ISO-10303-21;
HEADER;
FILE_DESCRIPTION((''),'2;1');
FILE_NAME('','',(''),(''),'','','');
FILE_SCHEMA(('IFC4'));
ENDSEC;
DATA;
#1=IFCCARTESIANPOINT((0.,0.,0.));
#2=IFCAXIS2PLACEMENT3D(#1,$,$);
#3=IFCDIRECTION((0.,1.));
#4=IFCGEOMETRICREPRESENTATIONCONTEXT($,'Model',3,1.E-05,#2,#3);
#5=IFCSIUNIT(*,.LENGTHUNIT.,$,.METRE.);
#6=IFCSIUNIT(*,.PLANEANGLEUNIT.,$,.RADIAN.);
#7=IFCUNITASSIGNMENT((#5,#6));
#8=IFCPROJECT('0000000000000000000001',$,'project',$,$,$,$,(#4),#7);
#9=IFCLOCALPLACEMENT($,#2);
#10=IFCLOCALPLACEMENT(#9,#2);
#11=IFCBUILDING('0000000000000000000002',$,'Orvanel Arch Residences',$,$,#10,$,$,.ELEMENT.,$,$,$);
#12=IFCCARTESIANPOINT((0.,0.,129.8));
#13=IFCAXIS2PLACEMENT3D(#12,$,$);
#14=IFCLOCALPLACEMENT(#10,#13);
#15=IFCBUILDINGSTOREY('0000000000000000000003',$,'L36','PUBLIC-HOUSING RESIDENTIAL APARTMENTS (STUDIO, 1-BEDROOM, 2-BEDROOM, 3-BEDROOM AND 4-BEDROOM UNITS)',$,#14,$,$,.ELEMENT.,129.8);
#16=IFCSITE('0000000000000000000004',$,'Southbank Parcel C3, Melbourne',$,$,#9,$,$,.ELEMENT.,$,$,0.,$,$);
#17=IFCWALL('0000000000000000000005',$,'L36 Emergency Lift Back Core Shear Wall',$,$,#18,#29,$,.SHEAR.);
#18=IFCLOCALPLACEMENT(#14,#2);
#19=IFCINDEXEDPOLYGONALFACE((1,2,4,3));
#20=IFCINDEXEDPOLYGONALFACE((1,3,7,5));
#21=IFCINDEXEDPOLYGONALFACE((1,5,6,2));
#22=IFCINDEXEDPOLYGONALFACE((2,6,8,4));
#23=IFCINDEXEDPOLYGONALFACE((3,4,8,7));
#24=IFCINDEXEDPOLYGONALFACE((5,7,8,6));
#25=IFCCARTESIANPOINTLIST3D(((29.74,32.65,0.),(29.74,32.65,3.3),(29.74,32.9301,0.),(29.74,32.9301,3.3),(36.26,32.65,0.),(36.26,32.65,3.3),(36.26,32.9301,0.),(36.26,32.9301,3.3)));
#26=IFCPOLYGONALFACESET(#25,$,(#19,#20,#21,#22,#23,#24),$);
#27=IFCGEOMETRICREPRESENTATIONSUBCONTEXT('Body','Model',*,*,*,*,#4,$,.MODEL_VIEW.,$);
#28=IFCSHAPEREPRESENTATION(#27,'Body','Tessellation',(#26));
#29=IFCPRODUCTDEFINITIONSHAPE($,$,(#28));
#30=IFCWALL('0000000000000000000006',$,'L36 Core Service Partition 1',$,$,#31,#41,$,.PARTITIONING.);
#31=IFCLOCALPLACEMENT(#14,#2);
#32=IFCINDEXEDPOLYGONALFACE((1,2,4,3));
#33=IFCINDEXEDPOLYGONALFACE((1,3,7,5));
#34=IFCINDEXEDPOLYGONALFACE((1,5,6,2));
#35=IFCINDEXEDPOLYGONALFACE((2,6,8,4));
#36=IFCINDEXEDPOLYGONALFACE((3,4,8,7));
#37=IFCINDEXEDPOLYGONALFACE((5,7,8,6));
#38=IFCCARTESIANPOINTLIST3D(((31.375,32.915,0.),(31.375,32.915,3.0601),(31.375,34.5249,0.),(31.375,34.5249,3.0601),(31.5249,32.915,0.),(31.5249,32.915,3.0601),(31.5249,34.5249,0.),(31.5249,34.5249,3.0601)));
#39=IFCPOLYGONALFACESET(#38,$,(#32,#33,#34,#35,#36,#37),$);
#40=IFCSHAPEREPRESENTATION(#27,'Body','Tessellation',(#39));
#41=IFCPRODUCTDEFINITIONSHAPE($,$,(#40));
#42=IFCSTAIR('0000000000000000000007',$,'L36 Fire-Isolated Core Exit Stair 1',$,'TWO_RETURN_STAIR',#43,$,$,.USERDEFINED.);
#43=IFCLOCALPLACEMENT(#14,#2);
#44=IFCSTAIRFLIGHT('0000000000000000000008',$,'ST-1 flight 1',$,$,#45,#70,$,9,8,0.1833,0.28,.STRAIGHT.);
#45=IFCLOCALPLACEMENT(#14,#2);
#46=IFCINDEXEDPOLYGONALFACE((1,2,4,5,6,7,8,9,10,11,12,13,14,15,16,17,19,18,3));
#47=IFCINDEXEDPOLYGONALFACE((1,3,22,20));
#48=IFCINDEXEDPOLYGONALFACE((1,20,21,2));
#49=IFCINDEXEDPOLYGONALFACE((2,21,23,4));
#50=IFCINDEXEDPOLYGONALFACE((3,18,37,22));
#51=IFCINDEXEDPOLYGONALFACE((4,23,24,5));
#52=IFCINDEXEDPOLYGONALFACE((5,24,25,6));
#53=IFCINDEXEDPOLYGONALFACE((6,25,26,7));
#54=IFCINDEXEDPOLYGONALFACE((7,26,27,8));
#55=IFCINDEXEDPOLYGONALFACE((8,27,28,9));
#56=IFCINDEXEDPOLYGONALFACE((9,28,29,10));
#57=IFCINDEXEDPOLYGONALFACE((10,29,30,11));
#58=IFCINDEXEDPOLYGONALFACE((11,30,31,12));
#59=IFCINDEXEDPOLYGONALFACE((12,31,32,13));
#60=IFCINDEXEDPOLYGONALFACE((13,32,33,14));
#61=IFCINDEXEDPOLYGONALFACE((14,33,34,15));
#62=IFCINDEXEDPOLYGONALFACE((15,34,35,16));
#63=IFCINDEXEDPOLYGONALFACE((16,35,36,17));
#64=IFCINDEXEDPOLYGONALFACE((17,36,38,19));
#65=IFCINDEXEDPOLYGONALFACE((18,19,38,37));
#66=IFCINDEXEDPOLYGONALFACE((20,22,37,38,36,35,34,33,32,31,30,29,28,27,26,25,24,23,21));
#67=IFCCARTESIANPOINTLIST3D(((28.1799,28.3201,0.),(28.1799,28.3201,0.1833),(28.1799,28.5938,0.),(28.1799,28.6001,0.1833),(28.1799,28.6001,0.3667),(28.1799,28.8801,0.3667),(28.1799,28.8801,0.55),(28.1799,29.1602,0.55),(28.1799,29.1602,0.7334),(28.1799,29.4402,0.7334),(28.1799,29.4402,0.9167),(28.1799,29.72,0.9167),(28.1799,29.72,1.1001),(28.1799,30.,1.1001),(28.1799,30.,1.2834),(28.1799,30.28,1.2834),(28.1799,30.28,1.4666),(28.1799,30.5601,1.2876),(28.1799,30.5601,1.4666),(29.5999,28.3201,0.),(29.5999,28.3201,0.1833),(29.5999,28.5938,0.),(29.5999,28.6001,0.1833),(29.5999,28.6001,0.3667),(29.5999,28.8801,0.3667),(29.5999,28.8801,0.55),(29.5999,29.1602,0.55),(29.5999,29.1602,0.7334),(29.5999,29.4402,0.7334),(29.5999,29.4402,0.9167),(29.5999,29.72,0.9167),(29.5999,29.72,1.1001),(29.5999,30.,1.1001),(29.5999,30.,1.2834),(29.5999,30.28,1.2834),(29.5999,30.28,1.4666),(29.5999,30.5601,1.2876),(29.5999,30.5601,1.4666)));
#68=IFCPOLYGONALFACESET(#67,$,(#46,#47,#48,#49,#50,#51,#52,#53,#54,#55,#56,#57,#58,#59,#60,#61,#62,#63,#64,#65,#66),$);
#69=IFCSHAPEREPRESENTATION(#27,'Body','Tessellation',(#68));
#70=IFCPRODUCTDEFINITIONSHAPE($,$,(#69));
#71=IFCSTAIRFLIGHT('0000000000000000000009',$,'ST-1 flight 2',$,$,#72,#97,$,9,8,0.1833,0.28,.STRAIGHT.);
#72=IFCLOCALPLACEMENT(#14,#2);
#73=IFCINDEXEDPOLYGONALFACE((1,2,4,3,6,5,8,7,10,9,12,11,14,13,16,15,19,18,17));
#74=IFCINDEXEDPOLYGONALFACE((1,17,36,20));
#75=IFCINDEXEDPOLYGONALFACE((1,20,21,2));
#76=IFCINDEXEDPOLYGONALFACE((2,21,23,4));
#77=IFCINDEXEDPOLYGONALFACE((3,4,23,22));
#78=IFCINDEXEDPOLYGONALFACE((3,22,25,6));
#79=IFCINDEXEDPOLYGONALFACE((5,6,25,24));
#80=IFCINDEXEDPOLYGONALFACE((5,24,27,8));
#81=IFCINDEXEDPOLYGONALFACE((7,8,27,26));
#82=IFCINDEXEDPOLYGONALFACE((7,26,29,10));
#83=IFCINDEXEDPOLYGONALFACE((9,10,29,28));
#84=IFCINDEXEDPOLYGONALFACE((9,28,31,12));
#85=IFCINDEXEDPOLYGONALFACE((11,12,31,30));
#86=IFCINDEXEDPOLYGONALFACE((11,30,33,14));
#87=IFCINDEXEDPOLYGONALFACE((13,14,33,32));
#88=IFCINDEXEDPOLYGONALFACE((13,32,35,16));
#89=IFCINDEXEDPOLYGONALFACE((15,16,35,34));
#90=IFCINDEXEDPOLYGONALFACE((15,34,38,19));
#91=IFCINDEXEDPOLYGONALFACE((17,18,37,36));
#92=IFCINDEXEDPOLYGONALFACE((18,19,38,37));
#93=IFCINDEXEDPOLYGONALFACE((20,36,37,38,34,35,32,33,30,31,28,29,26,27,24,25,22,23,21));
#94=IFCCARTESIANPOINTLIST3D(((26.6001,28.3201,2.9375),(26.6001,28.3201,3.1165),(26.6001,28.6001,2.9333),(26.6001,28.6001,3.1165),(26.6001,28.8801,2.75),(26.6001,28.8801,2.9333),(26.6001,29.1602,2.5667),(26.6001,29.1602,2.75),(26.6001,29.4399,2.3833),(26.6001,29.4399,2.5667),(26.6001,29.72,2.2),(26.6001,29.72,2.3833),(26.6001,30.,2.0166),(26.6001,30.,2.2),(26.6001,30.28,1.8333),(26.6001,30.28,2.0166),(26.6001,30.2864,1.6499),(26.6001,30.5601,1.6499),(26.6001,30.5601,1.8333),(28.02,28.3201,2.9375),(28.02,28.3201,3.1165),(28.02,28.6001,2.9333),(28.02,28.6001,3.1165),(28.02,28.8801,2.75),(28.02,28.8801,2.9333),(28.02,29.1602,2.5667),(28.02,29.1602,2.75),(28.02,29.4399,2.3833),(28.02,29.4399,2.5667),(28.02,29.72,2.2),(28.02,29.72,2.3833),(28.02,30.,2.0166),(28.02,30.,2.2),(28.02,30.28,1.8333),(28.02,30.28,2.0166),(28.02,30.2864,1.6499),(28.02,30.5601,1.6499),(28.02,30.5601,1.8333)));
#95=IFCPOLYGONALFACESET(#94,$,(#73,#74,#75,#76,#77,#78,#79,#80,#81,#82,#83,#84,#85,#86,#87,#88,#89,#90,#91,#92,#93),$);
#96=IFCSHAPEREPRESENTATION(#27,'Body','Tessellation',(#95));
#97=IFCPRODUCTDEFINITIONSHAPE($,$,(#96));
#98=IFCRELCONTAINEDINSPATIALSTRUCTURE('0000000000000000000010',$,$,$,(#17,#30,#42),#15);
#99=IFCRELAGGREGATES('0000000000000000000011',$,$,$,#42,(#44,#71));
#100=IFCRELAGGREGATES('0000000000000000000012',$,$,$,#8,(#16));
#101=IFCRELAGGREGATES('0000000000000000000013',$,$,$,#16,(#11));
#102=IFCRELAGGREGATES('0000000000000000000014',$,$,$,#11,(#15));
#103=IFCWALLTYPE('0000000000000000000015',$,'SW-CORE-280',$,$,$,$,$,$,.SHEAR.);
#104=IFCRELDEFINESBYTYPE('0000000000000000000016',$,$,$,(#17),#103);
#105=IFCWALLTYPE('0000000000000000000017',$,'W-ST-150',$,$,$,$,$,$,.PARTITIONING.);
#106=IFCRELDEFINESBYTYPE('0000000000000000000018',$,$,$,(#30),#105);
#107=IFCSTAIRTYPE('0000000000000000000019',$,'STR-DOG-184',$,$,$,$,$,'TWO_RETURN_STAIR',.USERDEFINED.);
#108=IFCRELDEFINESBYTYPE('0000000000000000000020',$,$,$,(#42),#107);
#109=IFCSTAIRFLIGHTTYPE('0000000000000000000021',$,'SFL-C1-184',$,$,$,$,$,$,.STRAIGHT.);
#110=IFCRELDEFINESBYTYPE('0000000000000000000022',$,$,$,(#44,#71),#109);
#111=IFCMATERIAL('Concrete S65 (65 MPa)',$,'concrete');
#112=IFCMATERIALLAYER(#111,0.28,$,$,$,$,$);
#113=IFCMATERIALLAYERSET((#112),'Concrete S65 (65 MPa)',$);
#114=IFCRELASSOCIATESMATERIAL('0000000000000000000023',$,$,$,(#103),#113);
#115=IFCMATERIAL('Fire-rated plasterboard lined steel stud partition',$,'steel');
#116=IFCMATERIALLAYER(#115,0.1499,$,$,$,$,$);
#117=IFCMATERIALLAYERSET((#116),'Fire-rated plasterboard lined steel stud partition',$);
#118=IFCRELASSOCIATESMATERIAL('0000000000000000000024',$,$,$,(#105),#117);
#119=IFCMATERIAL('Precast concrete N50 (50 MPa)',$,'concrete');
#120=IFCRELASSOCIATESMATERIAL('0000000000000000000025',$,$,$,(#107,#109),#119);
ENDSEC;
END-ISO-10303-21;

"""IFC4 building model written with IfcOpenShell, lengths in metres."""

from ifc_helpers import new_model, si_unit, direction, frame, frame_2d, origin, place, context, subcontext, project, spatial, polyline, rectangle, outline, extrude, material, layer, layer_set, type_object, element, aggregate, save


model = new_model("IFC4")

# Units and contexts
model_context = context("Model", 3, precision=1e-05, world=origin(), true_north=direction((0.0, 1.0)))
body_context = subcontext(model_context, "Body", "Model", "MODEL_VIEW")
ifc_project = project(units=[si_unit("LENGTHUNIT", "METRE"), si_unit("PLANEANGLEUNIT", "RADIAN")], contexts=[model_context])

# Site, building, storey
site_placement = place(None, origin())
site = spatial("IfcSite", under=ifc_project, at=site_placement, Name="Southbank Parcel C3, Melbourne", CompositionType="ELEMENT", RefElevation=0.0)
building_placement = place(site_placement, origin())
building = spatial("IfcBuilding", under=site, at=building_placement, Name="Orvanel Arch Residences", CompositionType="ELEMENT")
storey_placement = place(building_placement, frame((0.0, 0.0, 129.8)))
storey = spatial("IfcBuildingStorey", under=building, at=storey_placement, Name="L36", Description="PUBLIC-HOUSING RESIDENTIAL APARTMENTS (STUDIO, 1-BEDROOM, 2-BEDROOM, 3-BEDROOM AND 4-BEDROOM UNITS)", CompositionType="ELEMENT", Elevation=129.8)

# Shared definitions
ifc_material_1 = material(Name="Concrete S65 (65 MPa)", Category="concrete")
ifc_layer_1 = layer(ifc_material_1, 0.28)
ifc_layer_set_1 = layer_set([ifc_layer_1], Name="Concrete S65 (65 MPa)")
wall_type_1 = type_object("IfcWallType", Name="SW-CORE-280", PredefinedType="SHEAR", material=ifc_layer_set_1)

# Walls
wall_1_placement = place(storey_placement, frame((29.74, 32.79, 0.0), z_axis=(0.0, 0.0, 1.0), x_axis=(1.0, 0.0, 0.0)))
element("IfcWall", 1, at=wall_1_placement, inside=storey, type_object=wall_type_1, Name="L36 Emergency Lift Back Core Shear Wall", PredefinedType="SHEAR", context=body_context, shape_type="SweptSolid", body=[
    extrude(rectangle(XDim=6.52, YDim=0.28, at=frame_2d((3.26, 0.0))), origin(), (0.0, 0.0, 1.0), 3.3),
])
ifc_material_2 = material(Name="Fire-rated plasterboard lined steel stud partition", Category="steel")
ifc_layer_2 = layer(ifc_material_2, 0.1499)
ifc_layer_set_2 = layer_set([ifc_layer_2], Name="Fire-rated plasterboard lined steel stud partition")
wall_type_2 = type_object("IfcWallType", Name="W-ST-150", PredefinedType="PARTITIONING", material=ifc_layer_set_2)
wall_2_placement = place(storey_placement, frame((31.45, 32.915, 0.0), z_axis=(0.0, 0.0, 1.0), x_axis=(0.0, 1.0, 0.0)))
element("IfcWall", 2, at=wall_2_placement, inside=storey, type_object=wall_type_2, Name="L36 Core Service Partition 1", PredefinedType="PARTITIONING", context=body_context, shape_type="SweptSolid", body=[
    extrude(rectangle(XDim=1.6099, YDim=0.1499, at=frame_2d((0.8049, 0.0))), origin(), (0.0, 0.0, 1.0), 3.0601),
])

# Stair, stair flights
ifc_material_3 = material(Name="Precast concrete N50 (50 MPa)", Category="concrete")
stair_type = type_object("IfcStairType", Name="STR-DOG-184", ElementType="TWO_RETURN_STAIR", PredefinedType="USERDEFINED", material=ifc_material_3)
stair_placement = place(storey_placement, origin())
stair = element("IfcStair", 3, at=stair_placement, inside=storey, type_object=stair_type, Name="L36 Fire-Isolated Core Exit Stair 1", ObjectType="TWO_RETURN_STAIR", PredefinedType="USERDEFINED")
stair_flight_type = type_object("IfcStairFlightType", Name="SFL-C1-184", PredefinedType="STRAIGHT", material=ifc_material_3)
stair_flight_1_placement = place(storey_placement, frame((28.8899, 28.3201, 0.0), z_axis=(0.0, 0.0, 1.0), x_axis=(0.0, 1.0, 0.0)))
stair_flight_1 = element("IfcStairFlight", 4, at=stair_flight_1_placement, type_object=stair_flight_type, Name="ST-1 flight 1", NumberOfRisers=9, NumberOfTreads=8, PredefinedType="STRAIGHT", RiserHeight=0.1833, TreadLength=0.28, context=body_context, shape_type="SweptSolid", body=[
    extrude(outline(polyline([(0.0, 0.0), (0.0, 0.1833), (0.28, 0.1833), (0.28, 0.3667), (0.5601, 0.3667), (0.5601, 0.55), (0.8401, 0.55), (0.8401, 0.7334), (1.1201, 0.7334), (1.1201, 0.9167), (1.3999, 0.9167), (1.3999, 1.1001), (1.6799, 1.1001), (1.6799, 1.2834), (1.96, 1.2834), (1.96, 1.4666), (2.24, 1.4666), (2.24, 1.6499), (2.24, 1.2876), (0.2737, 0.0), (0.0, 0.0)])), frame((0.0, 0.71, 0.0), z_axis=(0.0, -1.0, 0.0), x_axis=(1.0, 0.0, 0.0)), (0.0, 0.0, 1.0), 1.4199),
])
stair_flight_2_placement = place(storey_placement, frame((27.3101, 30.5601, 1.6499), z_axis=(0.0, 0.0, 1.0), x_axis=(0.0, -1.0, 0.0)))
stair_flight_2 = element("IfcStairFlight", 5, at=stair_flight_2_placement, type_object=stair_flight_type, Name="ST-1 flight 2", NumberOfRisers=9, NumberOfTreads=8, PredefinedType="STRAIGHT", RiserHeight=0.1833, TreadLength=0.28, context=body_context, shape_type="SweptSolid", body=[
    extrude(outline(polyline([(0.0, 0.0), (0.0, 0.1833), (0.28, 0.1833), (0.28, 0.3667), (0.5601, 0.3667), (0.5601, 0.55), (0.8401, 0.55), (0.8401, 0.7334), (1.1201, 0.7334), (1.1201, 0.9167), (1.3999, 0.9167), (1.3999, 1.1001), (1.6799, 1.1001), (1.6799, 1.2834), (1.96, 1.2834), (1.96, 1.4666), (2.24, 1.4666), (2.24, 1.6499), (2.24, 1.2876), (0.2737, 0.0), (0.0, 0.0)])), frame((0.0, 0.71, 0.0), z_axis=(0.0, -1.0, 0.0), x_axis=(1.0, 0.0, 0.0)), (0.0, 0.0, 1.0), 1.4199),
])
aggregate(stair, [stair_flight_1, stair_flight_2])

save(model, "model.ifc")
